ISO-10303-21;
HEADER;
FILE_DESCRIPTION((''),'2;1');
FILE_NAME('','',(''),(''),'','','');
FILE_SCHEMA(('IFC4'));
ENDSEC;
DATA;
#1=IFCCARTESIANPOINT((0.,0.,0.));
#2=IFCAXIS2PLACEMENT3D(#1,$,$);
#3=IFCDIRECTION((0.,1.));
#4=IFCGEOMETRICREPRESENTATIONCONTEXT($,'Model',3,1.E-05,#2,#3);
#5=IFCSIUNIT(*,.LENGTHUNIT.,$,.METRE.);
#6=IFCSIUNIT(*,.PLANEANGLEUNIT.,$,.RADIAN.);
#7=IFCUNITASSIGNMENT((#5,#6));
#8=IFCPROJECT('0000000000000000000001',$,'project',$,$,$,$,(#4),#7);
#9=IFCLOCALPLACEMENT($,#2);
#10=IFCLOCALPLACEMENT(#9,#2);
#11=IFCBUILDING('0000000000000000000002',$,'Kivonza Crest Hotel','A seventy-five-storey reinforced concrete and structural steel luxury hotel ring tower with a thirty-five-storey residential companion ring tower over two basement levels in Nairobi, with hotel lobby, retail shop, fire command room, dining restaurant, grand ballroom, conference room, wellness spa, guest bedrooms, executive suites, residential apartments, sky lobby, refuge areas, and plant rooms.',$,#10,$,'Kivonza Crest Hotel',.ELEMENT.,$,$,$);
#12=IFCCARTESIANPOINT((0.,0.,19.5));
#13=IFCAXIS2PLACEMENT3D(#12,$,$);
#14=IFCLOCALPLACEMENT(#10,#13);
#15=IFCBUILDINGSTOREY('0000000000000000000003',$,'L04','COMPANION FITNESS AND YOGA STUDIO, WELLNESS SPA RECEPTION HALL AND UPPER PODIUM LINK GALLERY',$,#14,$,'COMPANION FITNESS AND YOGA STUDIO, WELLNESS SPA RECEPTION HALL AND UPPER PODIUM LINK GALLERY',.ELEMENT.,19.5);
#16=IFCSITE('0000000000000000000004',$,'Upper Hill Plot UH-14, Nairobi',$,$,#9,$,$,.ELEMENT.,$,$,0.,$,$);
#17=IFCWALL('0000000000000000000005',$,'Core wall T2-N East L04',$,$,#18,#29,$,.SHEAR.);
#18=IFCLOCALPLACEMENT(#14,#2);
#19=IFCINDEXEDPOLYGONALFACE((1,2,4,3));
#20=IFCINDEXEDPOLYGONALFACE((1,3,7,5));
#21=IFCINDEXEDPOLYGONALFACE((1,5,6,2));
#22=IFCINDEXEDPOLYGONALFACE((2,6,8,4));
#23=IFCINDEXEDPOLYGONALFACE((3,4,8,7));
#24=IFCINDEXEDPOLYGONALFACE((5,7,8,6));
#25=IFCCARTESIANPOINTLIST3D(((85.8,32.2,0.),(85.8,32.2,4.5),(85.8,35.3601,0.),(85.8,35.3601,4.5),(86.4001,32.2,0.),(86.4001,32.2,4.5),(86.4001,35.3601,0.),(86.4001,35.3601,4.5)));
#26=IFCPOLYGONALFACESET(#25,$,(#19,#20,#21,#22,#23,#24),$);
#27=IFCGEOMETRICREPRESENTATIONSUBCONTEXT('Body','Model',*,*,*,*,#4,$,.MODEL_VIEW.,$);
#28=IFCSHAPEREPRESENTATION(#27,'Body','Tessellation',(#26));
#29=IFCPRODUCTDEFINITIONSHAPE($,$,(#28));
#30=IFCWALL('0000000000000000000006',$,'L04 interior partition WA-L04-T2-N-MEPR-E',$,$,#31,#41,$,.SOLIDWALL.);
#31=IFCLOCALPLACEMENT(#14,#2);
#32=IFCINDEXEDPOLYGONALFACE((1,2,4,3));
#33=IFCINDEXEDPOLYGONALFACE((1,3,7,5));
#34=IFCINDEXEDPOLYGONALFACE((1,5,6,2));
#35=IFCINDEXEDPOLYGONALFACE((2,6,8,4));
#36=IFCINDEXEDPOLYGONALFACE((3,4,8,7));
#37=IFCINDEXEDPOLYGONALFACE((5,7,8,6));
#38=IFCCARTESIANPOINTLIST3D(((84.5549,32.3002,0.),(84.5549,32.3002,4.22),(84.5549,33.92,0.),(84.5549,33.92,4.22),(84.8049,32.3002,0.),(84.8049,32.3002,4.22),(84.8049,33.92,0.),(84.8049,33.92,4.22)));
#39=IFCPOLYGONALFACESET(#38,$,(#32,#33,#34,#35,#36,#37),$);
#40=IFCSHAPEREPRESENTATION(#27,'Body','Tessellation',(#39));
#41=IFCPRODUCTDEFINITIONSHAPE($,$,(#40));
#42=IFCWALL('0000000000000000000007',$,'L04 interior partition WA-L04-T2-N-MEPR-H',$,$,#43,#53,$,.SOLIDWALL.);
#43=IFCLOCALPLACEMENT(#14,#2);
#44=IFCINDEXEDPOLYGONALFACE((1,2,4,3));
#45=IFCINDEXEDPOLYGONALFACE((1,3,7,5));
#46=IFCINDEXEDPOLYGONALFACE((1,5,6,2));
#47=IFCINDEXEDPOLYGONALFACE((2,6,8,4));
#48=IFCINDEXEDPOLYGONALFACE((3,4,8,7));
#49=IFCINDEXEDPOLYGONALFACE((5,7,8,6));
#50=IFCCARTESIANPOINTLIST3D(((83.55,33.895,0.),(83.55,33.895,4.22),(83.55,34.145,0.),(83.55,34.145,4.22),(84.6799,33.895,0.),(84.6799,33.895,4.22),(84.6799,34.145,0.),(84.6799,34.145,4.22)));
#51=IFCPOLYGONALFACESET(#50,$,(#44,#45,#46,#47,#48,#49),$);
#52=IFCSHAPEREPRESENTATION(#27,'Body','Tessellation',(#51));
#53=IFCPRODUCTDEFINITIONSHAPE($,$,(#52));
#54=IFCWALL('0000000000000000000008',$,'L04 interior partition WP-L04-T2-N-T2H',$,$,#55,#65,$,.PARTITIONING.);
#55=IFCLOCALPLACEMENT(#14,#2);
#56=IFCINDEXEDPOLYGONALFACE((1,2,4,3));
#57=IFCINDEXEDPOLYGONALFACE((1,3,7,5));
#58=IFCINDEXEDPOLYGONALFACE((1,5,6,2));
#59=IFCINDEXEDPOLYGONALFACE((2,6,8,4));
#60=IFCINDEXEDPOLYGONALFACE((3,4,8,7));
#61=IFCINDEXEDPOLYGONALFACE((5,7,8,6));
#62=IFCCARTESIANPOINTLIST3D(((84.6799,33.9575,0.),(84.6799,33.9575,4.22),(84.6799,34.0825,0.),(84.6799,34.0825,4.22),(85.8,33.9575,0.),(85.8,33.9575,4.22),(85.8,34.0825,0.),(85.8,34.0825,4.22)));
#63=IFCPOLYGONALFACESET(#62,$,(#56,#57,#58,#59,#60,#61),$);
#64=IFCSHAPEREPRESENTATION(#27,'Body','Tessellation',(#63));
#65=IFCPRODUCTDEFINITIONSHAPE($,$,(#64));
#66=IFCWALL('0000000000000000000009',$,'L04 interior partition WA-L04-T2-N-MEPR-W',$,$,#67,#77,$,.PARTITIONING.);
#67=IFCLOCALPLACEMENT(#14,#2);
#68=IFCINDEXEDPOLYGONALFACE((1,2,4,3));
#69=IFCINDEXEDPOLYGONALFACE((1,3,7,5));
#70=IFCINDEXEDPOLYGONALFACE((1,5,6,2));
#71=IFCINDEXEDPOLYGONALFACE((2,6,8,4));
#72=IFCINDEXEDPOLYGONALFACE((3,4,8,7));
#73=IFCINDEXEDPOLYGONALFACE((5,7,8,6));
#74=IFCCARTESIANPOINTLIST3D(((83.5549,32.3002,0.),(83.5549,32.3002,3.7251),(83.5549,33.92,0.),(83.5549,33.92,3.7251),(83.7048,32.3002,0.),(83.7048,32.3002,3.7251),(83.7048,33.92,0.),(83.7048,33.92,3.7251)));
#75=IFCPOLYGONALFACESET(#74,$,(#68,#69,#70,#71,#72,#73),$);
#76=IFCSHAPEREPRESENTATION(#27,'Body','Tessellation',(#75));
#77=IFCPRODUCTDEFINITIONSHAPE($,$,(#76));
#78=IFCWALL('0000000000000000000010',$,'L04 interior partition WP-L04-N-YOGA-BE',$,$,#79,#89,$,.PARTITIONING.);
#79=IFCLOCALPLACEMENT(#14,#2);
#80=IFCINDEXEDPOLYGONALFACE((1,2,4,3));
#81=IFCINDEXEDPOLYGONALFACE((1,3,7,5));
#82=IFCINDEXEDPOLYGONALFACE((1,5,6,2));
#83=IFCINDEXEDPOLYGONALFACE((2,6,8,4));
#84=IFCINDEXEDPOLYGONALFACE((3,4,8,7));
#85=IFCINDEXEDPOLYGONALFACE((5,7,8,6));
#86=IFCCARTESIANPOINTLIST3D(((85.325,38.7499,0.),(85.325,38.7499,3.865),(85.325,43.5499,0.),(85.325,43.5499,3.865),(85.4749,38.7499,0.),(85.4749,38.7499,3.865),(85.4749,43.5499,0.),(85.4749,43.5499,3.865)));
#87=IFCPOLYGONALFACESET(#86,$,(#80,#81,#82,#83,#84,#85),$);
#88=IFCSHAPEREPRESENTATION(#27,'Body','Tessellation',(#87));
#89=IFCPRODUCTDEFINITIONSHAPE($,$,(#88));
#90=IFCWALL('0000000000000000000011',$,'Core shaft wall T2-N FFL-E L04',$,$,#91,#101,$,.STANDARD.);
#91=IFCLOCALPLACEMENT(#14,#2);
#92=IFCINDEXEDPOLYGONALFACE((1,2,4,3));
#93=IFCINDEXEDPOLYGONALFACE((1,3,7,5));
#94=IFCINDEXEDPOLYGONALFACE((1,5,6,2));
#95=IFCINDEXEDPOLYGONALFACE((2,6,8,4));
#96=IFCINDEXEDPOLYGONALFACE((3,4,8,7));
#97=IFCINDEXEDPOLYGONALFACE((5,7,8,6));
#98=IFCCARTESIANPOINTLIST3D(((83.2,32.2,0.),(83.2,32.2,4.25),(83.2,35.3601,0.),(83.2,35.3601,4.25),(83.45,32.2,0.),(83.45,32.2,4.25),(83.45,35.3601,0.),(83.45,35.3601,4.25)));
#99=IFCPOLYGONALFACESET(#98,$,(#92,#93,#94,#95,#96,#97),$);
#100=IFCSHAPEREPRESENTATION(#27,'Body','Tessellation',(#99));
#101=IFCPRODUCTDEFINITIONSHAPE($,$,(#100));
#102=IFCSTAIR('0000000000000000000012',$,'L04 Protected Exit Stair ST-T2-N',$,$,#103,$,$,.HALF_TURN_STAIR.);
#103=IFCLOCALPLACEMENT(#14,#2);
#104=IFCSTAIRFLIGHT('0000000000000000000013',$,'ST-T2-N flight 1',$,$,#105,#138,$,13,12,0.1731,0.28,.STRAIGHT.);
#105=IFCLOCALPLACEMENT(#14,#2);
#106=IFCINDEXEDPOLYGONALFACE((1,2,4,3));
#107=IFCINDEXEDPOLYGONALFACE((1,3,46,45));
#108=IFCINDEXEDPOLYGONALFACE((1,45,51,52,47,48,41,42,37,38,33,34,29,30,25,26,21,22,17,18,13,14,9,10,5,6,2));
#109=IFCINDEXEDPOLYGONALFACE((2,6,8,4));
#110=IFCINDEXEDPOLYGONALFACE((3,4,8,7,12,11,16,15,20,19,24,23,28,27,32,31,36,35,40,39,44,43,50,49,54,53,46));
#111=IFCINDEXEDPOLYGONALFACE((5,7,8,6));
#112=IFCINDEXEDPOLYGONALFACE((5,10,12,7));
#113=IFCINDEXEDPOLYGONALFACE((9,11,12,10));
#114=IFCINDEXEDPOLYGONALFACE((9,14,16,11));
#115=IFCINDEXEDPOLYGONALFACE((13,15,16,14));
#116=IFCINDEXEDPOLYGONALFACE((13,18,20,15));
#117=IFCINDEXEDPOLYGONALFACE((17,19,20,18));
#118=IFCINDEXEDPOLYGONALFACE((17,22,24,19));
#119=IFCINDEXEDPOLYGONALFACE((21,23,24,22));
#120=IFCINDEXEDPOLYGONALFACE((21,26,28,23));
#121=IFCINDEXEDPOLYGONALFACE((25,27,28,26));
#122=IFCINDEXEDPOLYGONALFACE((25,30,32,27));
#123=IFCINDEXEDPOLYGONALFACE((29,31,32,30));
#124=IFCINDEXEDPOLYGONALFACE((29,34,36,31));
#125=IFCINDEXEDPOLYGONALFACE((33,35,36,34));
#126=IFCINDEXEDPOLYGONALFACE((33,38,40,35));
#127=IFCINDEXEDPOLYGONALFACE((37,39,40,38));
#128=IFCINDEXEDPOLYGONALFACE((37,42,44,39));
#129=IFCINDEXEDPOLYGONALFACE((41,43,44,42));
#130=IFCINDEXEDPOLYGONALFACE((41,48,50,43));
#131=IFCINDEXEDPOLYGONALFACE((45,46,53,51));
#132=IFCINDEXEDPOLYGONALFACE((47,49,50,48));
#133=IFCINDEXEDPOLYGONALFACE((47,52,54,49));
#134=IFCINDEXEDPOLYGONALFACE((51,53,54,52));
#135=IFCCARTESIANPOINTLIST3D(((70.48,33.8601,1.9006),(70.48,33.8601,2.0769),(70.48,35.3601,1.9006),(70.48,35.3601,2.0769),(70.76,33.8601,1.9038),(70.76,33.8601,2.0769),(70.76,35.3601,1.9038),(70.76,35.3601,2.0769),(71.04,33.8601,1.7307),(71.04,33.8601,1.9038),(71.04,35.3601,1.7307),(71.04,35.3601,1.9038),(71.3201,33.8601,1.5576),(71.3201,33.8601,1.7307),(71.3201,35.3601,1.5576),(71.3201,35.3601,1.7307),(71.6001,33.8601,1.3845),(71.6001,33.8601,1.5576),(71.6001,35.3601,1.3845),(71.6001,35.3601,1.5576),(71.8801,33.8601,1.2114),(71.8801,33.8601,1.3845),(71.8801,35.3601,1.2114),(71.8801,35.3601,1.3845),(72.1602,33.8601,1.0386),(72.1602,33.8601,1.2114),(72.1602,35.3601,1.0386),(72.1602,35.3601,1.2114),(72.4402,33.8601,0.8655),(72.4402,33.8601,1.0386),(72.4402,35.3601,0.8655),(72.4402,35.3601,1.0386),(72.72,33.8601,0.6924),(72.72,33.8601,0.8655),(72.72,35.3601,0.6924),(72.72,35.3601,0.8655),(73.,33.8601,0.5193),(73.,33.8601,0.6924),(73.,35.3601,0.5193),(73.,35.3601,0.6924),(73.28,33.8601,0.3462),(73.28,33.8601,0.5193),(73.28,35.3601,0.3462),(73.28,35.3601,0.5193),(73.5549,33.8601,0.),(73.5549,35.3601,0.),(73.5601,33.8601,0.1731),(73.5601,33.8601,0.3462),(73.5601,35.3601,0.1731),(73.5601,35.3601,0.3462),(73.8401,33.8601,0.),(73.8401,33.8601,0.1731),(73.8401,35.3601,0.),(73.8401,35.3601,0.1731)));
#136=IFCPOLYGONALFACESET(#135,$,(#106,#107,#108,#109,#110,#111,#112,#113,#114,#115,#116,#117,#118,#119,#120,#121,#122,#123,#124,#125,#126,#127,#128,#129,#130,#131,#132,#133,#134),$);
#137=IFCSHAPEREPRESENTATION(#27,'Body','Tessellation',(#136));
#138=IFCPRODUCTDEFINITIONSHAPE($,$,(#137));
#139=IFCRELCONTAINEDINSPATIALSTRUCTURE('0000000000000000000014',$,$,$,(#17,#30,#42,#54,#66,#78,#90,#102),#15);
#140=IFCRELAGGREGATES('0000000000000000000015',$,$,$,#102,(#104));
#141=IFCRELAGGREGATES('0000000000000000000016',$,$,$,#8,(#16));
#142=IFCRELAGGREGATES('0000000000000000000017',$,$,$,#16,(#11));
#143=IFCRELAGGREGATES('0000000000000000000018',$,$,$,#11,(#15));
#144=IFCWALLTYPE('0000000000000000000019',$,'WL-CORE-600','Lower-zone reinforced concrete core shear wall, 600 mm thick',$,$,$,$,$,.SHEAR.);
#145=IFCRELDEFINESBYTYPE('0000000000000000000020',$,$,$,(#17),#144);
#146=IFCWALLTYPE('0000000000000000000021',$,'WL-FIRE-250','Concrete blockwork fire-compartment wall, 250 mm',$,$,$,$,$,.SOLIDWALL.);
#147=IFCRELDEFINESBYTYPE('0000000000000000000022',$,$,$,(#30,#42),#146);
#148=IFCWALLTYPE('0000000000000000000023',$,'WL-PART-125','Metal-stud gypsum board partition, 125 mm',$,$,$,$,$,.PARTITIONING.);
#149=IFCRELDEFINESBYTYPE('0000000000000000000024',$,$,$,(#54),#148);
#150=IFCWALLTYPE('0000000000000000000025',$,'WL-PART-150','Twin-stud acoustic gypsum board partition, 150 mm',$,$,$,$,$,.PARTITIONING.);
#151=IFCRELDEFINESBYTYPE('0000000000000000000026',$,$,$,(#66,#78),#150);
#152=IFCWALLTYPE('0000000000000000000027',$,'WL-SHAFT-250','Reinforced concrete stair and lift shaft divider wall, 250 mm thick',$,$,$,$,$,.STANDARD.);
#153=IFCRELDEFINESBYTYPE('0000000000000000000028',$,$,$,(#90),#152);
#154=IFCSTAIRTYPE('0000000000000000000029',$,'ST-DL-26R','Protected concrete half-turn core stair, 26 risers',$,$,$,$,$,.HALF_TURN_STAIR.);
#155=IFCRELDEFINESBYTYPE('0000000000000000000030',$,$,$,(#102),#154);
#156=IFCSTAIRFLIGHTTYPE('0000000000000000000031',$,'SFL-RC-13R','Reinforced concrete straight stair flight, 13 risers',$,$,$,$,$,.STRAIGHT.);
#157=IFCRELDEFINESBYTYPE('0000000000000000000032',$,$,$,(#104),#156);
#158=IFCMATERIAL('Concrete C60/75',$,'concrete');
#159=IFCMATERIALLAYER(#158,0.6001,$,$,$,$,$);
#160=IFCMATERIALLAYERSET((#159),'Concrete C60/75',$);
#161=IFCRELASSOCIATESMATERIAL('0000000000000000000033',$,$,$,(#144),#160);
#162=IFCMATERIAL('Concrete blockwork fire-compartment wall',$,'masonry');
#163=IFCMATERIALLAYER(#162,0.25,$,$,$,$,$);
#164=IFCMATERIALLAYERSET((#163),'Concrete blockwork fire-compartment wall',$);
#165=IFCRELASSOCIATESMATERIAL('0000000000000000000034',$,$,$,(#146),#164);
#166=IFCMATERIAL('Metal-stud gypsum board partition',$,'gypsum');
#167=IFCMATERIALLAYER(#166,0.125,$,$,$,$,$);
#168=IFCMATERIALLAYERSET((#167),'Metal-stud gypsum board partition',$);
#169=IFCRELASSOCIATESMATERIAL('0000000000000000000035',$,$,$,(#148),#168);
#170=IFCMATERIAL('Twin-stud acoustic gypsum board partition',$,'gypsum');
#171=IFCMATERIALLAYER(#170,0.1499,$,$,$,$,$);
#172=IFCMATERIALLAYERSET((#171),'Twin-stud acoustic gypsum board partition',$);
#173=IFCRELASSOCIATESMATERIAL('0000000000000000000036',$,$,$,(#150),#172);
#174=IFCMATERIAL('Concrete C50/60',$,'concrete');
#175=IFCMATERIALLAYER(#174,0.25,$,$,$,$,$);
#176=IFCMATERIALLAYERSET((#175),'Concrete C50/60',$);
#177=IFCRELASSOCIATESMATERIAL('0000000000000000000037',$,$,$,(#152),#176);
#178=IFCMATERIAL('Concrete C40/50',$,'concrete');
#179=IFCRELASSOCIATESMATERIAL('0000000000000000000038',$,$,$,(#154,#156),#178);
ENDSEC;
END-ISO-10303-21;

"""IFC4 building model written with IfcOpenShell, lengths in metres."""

from ifc_helpers import new_model, si_unit, direction, frame, frame_2d, origin, place, context, subcontext, project, spatial, polyline, rectangle, outline, extrude, material, layer, layer_set, type_object, element, aggregate, save


model = new_model("IFC4")

# Units and contexts
model_context = context("Model", 3, precision=1e-05, world=origin(), true_north=direction((0.0, 1.0)))
body_context = subcontext(model_context, "Body", "Model", "MODEL_VIEW")
ifc_project = project(units=[si_unit("LENGTHUNIT", "METRE"), si_unit("PLANEANGLEUNIT", "RADIAN")], contexts=[model_context])

# Site, building, storey
site_placement = place(None, origin())
site = spatial("IfcSite", under=ifc_project, at=site_placement, Name="Upper Hill Plot UH-14, Nairobi", CompositionType="ELEMENT", RefElevation=0.0)
building_placement = place(site_placement, origin())
building = spatial("IfcBuilding", under=site, at=building_placement, Name="Kivonza Crest Hotel", Description="A seventy-five-storey reinforced concrete and structural steel luxury hotel ring tower with a thirty-five-storey residential companion ring tower over two basement levels in Nairobi, with hotel lobby, retail shop, fire command room, dining restaurant, grand ballroom, conference room, wellness spa, guest bedrooms, executive suites, residential apartments, sky lobby, refuge areas, and plant rooms.", LongName="Kivonza Crest Hotel", CompositionType="ELEMENT")
storey_placement = place(building_placement, frame((0.0, 0.0, 19.5)))
storey = spatial("IfcBuildingStorey", under=building, at=storey_placement, Name="L04", Description="COMPANION FITNESS AND YOGA STUDIO, WELLNESS SPA RECEPTION HALL AND UPPER PODIUM LINK GALLERY", LongName="COMPANION FITNESS AND YOGA STUDIO, WELLNESS SPA RECEPTION HALL AND UPPER PODIUM LINK GALLERY", CompositionType="ELEMENT", Elevation=19.5)

# Shared definitions
ifc_material_1 = material(Name="Concrete C60/75", Category="concrete")

# Walls
ifc_layer_1 = layer(ifc_material_1, 0.6001)
ifc_layer_set_1 = layer_set([ifc_layer_1], Name="Concrete C60/75")
wall_type_1 = type_object("IfcWallType", Name="WL-CORE-600", Description="Lower-zone reinforced concrete core shear wall, 600 mm thick", PredefinedType="SHEAR", material=ifc_layer_set_1)
wall_1_placement = place(storey_placement, frame((86.1001, 32.2, 0.0), z_axis=(0.0, 0.0, 1.0), x_axis=(0.0, 1.0, 0.0)))
element("IfcWall", 1, at=wall_1_placement, inside=storey, type_object=wall_type_1, Name="Core wall T2-N East L04", PredefinedType="SHEAR", context=body_context, shape_type="SweptSolid", body=[
    extrude(rectangle(XDim=3.1602, YDim=0.6001, at=frame_2d((1.5801, 0.0))), origin(), (0.0, 0.0, 1.0), 4.5),
])
ifc_material_2 = material(Name="Concrete blockwork fire-compartment wall", Category="masonry")
ifc_layer_2 = layer(ifc_material_2, 0.25)
ifc_layer_set_2 = layer_set([ifc_layer_2], Name="Concrete blockwork fire-compartment wall")
wall_type_2 = type_object("IfcWallType", Name="WL-FIRE-250", Description="Concrete blockwork fire-compartment wall, 250 mm", PredefinedType="SOLIDWALL", material=ifc_layer_set_2)
wall_2_placement = place(storey_placement, frame((84.6799, 32.3, 0.0), z_axis=(0.0, 0.0, 1.0), x_axis=(0.0, 1.0, 0.0)))
element("IfcWall", 2, at=wall_2_placement, inside=storey, type_object=wall_type_2, Name="L04 interior partition WA-L04-T2-N-MEPR-E", PredefinedType="SOLIDWALL", context=body_context, shape_type="SweptSolid", body=[
    extrude(rectangle(XDim=1.6199, YDim=0.25, at=frame_2d((0.8101, 0.0))), origin(), (0.0, 0.0, 1.0), 4.22),
])
wall_3_placement = place(storey_placement, frame((83.55, 34.02, 0.0), z_axis=(0.0, 0.0, 1.0), x_axis=(1.0, 0.0, 0.0)))
element("IfcWall", 3, at=wall_3_placement, inside=storey, type_object=wall_type_2, Name="L04 interior partition WA-L04-T2-N-MEPR-H", PredefinedType="SOLIDWALL", context=body_context, shape_type="SweptSolid", body=[
    extrude(rectangle(XDim=1.1299, YDim=0.25, at=frame_2d((0.5649, 0.0))), origin(), (0.0, 0.0, 1.0), 4.22),
])
ifc_material_3 = material(Name="Metal-stud gypsum board partition", Category="gypsum")
ifc_layer_3 = layer(ifc_material_3, 0.125)
ifc_layer_set_3 = layer_set([ifc_layer_3], Name="Metal-stud gypsum board partition")
wall_type_3 = type_object("IfcWallType", Name="WL-PART-125", Description="Metal-stud gypsum board partition, 125 mm", PredefinedType="PARTITIONING", material=ifc_layer_set_3)
wall_4_placement = place(storey_placement, frame((84.6799, 34.02, 0.0), z_axis=(0.0, 0.0, 1.0), x_axis=(1.0, 0.0, 0.0)))
element("IfcWall", 4, at=wall_4_placement, inside=storey, type_object=wall_type_3, Name="L04 interior partition WP-L04-T2-N-T2H", PredefinedType="PARTITIONING", context=body_context, shape_type="SweptSolid", body=[
    extrude(rectangle(XDim=1.1201, YDim=0.125, at=frame_2d((0.5601, 0.0))), origin(), (0.0, 0.0, 1.0), 4.22),
])
ifc_material_4 = material(Name="Twin-stud acoustic gypsum board partition", Category="gypsum")
ifc_layer_4 = layer(ifc_material_4, 0.1499)
ifc_layer_set_4 = layer_set([ifc_layer_4], Name="Twin-stud acoustic gypsum board partition")
wall_type_4 = type_object("IfcWallType", Name="WL-PART-150", Description="Twin-stud acoustic gypsum board partition, 150 mm", PredefinedType="PARTITIONING", material=ifc_layer_set_4)
wall_5_placement = place(storey_placement, frame((83.6299, 32.3, 0.0), z_axis=(0.0, 0.0, 1.0), x_axis=(0.0, 1.0, 0.0)))
element("IfcWall", 5, at=wall_5_placement, inside=storey, type_object=wall_type_4, Name="L04 interior partition WA-L04-T2-N-MEPR-W", PredefinedType="PARTITIONING", context=body_context, shape_type="SweptSolid", body=[
    extrude(rectangle(XDim=1.6199, YDim=0.1499, at=frame_2d((0.8101, 0.0))), origin(), (0.0, 0.0, 1.0), 3.7251),
])
wall_6_placement = place(storey_placement, frame((85.3999, 38.75, 0.0), z_axis=(0.0, 0.0, 1.0), x_axis=(0.0, 1.0, 0.0)))
element("IfcWall", 6, at=wall_6_placement, inside=storey, type_object=wall_type_4, Name="L04 interior partition WP-L04-N-YOGA-BE", PredefinedType="PARTITIONING", context=body_context, shape_type="SweptSolid", body=[
    extrude(rectangle(XDim=4.8, YDim=0.1499, at=frame_2d((2.3999, 0.0))), origin(), (0.0, 0.0, 1.0), 3.865),
])

# Shared definitions
ifc_material_5 = material(Name="Concrete C50/60", Category="concrete")
ifc_layer_5 = layer(ifc_material_5, 0.25)
ifc_layer_set_5 = layer_set([ifc_layer_5], Name="Concrete C50/60")
wall_type_5 = type_object("IfcWallType", Name="WL-SHAFT-250", Description="Reinforced concrete stair and lift shaft divider wall, 250 mm thick", PredefinedType="STANDARD", material=ifc_layer_set_5)

# Wall
wall_7_placement = place(storey_placement, frame((83.325, 32.2, 0.0), z_axis=(0.0, 0.0, 1.0), x_axis=(0.0, 1.0, 0.0)))
element("IfcWall", 7, at=wall_7_placement, inside=storey, type_object=wall_type_5, Name="Core shaft wall T2-N FFL-E L04", PredefinedType="STANDARD", context=body_context, shape_type="SweptSolid", body=[
    extrude(rectangle(XDim=3.1602, YDim=0.25, at=frame_2d((1.5801, 0.0))), origin(), (0.0, 0.0, 1.0), 4.25),
])

# Stair, stair flight
ifc_material_6 = material(Name="Concrete C40/50", Category="concrete")
stair_type = type_object("IfcStairType", Name="ST-DL-26R", Description="Protected concrete half-turn core stair, 26 risers", PredefinedType="HALF_TURN_STAIR", material=ifc_material_6)
stair_placement = place(storey_placement, origin())
stair = element("IfcStair", 8, at=stair_placement, inside=storey, type_object=stair_type, Name="L04 Protected Exit Stair ST-T2-N", PredefinedType="HALF_TURN_STAIR")
stair_flight_type = type_object("IfcStairFlightType", Name="SFL-RC-13R", Description="Reinforced concrete straight stair flight, 13 risers", PredefinedType="STRAIGHT", material=ifc_material_6)
stair_flight_placement = place(storey_placement, frame((73.8401, 34.6101, 0.0), z_axis=(0.0, 0.0, 1.0), x_axis=(-1.0, 0.0, 0.0)))
stair_flight = element("IfcStairFlight", 9, at=stair_flight_placement, type_object=stair_flight_type, Name="ST-T2-N flight 1", NumberOfRisers=13, NumberOfTreads=12, PredefinedType="STRAIGHT", RiserHeight=0.1731, TreadLength=0.28, context=body_context, shape_type="SweptSolid", body=[
    extrude(outline(polyline([(0.0, 0.0), (0.0, 0.1731), (0.28, 0.1731), (0.28, 0.3462), (0.5601, 0.3462), (0.5601, 0.5193), (0.8401, 0.5193), (0.8401, 0.6924), (1.1201, 0.6924), (1.1201, 0.8655), (1.3999, 0.8655), (1.3999, 1.0386), (1.6799, 1.0386), (1.6799, 1.2114), (1.96, 1.2114), (1.96, 1.3845), (2.24, 1.3845), (2.24, 1.5576), (2.52, 1.5576), (2.52, 1.7307), (2.8, 1.7307), (2.8, 1.9038), (3.0801, 1.9038), (3.0801, 2.0769), (3.3601, 2.0769), (3.3601, 2.25), (3.3601, 1.9006), (0.2852, 0.0), (0.0, 0.0)])), frame((0.0, 0.75, 0.0), z_axis=(0.0, -1.0, 0.0), x_axis=(1.0, 0.0, 0.0)), (0.0, 0.0, 1.0), 1.5),
])
aggregate(stair, [stair_flight])

save(model, "model.ifc")
